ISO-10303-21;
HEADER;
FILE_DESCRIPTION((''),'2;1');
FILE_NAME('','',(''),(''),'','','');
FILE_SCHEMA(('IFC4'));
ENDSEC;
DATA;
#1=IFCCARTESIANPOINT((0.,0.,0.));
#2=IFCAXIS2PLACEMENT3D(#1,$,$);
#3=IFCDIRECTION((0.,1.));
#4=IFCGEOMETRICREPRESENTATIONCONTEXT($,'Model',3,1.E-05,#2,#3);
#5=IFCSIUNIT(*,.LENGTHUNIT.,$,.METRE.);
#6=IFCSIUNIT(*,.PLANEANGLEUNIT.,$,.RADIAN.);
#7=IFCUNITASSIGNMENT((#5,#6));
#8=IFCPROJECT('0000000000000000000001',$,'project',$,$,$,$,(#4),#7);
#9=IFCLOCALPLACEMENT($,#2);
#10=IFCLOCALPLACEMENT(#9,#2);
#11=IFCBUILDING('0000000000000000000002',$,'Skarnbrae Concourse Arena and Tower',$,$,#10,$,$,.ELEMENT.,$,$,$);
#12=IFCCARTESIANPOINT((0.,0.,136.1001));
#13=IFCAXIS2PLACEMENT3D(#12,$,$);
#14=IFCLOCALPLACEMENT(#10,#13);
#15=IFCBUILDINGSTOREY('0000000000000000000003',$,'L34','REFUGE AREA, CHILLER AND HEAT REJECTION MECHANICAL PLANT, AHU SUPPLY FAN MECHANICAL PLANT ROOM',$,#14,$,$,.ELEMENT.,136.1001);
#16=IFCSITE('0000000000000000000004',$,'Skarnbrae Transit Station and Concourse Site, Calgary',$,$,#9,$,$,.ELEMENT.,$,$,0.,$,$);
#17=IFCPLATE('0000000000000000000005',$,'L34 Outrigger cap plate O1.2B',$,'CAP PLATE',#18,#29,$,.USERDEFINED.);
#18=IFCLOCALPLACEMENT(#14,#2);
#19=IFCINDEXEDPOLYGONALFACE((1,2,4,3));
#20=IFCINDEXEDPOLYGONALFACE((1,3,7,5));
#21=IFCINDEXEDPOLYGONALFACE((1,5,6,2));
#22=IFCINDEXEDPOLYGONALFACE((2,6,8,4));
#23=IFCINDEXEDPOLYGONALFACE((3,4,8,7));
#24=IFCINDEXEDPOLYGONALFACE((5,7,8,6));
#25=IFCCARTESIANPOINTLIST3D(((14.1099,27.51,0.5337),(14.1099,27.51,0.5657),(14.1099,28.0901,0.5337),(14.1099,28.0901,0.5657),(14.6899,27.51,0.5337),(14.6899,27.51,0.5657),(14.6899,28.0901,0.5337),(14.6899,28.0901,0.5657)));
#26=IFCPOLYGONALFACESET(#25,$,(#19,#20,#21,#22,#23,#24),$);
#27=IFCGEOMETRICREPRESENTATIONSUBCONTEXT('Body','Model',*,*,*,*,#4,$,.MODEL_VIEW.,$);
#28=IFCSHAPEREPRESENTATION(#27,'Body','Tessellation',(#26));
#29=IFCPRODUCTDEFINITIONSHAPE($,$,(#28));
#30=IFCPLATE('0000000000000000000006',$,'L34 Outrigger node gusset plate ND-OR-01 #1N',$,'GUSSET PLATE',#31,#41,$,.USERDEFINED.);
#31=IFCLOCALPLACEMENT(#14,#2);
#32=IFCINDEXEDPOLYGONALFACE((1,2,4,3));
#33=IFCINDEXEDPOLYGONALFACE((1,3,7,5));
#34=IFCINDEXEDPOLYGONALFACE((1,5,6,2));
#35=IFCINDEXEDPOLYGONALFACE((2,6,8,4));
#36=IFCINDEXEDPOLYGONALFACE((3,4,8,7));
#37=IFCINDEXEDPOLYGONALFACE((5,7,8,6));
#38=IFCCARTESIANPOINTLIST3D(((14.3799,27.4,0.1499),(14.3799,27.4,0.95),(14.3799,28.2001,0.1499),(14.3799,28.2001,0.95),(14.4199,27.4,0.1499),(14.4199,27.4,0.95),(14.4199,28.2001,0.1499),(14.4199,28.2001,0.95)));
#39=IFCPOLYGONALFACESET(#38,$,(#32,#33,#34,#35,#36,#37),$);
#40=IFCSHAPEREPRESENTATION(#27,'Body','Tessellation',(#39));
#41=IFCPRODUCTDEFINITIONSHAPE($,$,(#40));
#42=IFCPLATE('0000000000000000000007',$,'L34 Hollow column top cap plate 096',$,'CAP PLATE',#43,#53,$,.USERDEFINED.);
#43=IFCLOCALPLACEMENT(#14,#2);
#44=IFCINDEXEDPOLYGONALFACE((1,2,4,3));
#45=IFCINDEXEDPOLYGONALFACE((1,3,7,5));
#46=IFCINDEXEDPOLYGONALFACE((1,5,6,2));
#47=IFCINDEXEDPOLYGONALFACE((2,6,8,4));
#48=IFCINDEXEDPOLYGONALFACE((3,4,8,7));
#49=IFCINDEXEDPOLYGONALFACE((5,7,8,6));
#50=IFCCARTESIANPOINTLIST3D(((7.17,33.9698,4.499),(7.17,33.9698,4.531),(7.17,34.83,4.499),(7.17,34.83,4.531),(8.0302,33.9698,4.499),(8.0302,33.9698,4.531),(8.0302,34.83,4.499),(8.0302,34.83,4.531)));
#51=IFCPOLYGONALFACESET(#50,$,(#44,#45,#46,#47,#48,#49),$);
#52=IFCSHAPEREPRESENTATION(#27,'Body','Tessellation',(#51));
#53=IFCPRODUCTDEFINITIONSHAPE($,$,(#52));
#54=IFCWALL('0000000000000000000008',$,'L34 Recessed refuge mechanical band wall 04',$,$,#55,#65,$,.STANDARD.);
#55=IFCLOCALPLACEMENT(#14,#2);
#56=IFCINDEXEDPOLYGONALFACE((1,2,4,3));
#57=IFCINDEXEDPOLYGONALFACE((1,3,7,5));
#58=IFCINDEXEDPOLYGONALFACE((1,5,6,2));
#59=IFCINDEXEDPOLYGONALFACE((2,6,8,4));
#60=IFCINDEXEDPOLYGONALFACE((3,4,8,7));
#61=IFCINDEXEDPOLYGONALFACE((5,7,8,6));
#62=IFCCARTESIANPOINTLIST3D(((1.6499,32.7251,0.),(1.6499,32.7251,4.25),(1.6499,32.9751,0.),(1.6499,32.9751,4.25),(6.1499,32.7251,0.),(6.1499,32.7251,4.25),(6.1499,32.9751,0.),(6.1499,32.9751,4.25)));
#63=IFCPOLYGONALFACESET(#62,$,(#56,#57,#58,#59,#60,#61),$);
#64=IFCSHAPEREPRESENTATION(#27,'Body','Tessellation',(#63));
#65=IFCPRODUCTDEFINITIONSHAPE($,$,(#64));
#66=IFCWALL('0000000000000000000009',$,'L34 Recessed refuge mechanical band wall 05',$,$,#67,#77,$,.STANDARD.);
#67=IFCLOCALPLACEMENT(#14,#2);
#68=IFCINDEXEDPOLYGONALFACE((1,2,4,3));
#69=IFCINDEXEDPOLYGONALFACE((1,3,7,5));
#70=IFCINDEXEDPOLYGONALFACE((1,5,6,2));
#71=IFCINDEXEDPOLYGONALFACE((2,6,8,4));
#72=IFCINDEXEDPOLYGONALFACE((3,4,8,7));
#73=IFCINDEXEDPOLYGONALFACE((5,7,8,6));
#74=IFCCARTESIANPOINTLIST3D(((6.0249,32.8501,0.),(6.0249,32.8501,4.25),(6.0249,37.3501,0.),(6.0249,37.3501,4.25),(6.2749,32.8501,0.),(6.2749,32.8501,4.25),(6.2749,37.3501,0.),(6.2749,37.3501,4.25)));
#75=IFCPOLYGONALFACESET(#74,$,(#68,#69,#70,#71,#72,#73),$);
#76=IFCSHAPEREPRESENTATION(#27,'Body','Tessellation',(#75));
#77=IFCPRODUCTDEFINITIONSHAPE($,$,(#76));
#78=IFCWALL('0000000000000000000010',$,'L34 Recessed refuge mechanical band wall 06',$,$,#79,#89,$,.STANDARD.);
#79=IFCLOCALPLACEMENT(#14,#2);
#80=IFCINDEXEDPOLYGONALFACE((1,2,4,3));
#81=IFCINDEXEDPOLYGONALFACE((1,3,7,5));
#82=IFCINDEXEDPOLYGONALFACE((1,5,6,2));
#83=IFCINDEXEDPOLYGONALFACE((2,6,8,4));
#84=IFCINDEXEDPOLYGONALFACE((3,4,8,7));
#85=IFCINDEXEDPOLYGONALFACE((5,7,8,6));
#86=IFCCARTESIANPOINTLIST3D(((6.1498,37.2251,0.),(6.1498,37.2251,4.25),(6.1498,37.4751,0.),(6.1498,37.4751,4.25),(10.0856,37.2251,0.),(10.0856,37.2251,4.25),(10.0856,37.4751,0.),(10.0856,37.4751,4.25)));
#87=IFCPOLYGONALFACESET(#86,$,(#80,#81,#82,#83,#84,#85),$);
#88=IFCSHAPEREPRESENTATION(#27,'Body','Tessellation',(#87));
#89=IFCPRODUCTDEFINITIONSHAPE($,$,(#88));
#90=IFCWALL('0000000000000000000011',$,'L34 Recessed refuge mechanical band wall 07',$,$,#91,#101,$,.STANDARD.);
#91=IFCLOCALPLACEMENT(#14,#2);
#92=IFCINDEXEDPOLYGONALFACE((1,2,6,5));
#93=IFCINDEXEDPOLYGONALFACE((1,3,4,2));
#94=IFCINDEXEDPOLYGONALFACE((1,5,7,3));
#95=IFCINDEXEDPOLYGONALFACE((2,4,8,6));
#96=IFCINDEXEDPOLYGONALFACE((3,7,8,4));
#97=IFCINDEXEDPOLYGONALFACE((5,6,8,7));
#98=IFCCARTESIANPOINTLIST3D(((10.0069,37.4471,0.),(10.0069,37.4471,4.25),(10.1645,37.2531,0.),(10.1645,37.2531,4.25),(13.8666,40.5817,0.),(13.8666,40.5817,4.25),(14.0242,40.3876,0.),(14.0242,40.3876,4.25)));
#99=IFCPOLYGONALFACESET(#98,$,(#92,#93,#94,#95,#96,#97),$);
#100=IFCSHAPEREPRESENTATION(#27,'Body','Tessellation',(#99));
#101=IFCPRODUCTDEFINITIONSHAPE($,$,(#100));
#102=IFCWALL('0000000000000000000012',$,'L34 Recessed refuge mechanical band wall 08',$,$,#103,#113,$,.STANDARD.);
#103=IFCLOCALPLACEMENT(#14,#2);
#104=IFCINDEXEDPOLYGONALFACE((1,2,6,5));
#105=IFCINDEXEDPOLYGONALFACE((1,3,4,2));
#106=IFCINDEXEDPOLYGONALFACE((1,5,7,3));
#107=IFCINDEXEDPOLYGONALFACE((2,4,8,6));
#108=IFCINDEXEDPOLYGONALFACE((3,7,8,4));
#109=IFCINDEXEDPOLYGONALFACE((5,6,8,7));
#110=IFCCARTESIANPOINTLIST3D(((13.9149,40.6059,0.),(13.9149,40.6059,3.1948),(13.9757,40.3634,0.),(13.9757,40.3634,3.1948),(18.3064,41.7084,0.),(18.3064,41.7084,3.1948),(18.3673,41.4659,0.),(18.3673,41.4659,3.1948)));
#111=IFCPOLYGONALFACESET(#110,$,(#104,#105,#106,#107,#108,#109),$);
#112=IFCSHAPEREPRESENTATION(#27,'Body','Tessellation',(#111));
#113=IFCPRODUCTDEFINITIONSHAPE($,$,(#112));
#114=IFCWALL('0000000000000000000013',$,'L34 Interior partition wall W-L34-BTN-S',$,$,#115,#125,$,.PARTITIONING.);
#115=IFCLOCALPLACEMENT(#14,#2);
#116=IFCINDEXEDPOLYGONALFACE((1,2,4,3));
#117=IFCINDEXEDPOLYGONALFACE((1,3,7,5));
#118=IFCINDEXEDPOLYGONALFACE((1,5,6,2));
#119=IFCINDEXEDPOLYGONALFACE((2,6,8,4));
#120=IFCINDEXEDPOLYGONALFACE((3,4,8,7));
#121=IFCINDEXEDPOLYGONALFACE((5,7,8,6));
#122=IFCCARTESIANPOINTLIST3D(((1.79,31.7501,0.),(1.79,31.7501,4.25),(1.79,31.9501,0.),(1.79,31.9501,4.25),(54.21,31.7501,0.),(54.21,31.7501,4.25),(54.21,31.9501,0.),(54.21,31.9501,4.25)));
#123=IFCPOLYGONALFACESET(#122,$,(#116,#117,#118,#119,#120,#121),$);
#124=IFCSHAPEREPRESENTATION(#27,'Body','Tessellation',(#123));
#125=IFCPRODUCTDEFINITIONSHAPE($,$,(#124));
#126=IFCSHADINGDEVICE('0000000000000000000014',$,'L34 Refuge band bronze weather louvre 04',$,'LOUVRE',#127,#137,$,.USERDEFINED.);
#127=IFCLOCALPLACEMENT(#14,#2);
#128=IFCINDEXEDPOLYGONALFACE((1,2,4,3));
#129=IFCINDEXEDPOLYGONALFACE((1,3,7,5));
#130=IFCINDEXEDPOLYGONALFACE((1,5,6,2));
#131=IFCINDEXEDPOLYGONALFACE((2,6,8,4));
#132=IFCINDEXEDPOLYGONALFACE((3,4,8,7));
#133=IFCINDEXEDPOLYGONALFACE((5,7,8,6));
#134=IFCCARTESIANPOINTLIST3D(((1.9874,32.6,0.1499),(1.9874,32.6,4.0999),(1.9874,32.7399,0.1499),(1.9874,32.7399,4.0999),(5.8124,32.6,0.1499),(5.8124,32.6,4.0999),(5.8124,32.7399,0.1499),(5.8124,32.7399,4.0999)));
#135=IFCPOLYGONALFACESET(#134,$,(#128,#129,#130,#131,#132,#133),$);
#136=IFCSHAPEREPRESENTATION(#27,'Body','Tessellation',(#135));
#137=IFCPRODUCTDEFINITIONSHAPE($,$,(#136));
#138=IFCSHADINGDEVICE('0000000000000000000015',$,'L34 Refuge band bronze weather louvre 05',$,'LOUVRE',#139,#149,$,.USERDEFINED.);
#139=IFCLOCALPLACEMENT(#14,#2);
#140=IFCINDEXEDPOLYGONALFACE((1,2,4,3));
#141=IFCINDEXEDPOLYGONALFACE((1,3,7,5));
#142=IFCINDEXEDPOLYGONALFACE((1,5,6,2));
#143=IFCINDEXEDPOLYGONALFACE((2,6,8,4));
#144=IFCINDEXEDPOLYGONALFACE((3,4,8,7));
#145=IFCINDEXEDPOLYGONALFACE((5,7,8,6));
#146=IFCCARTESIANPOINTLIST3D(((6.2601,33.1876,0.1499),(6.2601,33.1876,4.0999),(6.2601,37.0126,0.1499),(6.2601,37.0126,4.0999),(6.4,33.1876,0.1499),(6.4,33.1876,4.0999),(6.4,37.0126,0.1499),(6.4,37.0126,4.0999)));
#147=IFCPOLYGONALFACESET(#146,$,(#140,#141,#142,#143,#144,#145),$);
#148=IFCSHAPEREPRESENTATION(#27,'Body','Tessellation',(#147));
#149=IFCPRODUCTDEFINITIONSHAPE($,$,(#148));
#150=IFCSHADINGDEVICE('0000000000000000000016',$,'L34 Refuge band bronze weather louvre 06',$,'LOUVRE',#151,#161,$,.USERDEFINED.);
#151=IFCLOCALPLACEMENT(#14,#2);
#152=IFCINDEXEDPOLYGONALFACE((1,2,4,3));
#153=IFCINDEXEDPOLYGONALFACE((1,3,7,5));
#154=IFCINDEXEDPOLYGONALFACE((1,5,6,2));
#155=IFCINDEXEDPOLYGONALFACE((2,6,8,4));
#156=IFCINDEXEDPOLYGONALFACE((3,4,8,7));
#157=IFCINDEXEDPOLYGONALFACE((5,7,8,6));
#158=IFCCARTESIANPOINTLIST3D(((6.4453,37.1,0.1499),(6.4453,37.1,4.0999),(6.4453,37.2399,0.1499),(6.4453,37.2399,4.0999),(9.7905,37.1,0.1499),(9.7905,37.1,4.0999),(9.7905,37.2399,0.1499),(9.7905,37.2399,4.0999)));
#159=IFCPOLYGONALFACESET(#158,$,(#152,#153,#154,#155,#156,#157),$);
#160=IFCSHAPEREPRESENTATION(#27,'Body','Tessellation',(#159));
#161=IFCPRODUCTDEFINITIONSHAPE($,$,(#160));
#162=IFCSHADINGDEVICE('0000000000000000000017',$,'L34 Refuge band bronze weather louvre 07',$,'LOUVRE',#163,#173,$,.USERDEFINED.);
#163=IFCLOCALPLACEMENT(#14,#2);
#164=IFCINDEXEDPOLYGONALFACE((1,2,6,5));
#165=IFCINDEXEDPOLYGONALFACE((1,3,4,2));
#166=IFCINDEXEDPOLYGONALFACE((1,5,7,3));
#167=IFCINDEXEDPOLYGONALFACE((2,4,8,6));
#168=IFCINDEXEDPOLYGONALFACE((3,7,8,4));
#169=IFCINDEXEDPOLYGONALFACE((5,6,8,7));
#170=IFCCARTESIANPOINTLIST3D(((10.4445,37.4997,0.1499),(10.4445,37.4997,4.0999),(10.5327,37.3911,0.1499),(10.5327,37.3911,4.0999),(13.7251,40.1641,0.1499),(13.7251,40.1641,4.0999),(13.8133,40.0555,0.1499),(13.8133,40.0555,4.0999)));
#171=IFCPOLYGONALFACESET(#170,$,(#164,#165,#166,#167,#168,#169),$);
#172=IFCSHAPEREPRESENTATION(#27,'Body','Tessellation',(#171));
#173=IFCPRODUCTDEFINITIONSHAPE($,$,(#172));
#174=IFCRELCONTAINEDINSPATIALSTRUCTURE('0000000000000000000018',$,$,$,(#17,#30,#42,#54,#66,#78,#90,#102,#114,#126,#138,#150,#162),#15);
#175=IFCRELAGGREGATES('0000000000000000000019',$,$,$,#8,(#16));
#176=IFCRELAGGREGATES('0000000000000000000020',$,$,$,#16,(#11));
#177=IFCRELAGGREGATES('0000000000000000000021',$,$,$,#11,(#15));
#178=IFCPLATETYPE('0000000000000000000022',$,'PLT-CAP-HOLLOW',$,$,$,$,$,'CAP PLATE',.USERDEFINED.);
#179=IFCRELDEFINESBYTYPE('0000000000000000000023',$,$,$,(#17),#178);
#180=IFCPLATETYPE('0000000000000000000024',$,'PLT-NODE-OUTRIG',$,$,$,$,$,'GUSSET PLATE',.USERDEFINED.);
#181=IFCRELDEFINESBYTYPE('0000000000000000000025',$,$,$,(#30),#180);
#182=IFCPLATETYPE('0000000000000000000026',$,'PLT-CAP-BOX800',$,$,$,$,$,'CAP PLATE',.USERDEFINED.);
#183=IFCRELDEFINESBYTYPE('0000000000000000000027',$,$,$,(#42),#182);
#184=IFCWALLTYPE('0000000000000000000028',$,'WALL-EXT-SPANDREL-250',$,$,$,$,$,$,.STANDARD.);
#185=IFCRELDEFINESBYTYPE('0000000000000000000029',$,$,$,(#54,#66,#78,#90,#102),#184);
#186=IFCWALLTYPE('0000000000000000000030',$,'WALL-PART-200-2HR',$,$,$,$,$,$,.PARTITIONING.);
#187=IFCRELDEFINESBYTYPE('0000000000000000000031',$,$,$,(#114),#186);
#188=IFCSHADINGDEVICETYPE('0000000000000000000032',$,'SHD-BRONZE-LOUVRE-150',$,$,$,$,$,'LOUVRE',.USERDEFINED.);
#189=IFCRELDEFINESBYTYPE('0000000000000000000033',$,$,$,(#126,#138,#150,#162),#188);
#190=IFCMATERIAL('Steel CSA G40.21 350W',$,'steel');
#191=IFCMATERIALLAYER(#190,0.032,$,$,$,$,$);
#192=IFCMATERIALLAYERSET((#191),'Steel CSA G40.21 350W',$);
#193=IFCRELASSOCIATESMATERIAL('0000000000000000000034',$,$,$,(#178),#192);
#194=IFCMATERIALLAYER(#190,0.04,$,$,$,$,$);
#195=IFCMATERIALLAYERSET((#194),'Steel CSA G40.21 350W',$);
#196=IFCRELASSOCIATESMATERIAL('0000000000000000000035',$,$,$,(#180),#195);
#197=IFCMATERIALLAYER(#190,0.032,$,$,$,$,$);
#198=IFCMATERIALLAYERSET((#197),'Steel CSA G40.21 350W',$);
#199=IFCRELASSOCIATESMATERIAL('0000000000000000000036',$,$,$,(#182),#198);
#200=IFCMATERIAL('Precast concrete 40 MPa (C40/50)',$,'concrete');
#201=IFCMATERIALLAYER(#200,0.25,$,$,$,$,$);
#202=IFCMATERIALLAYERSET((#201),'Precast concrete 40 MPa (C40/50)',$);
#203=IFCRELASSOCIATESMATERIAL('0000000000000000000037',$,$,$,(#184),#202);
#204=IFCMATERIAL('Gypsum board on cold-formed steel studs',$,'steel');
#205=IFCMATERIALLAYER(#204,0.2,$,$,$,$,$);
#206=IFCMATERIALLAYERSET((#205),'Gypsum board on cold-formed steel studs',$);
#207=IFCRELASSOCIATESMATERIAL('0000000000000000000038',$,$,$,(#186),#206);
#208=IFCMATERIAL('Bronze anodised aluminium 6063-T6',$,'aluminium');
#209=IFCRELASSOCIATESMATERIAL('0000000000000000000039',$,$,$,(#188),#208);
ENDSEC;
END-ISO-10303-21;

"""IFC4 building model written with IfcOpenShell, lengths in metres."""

from ifc_helpers import new_model, si_unit, direction, frame, frame_2d, origin, origin_2d, place, context, subcontext, project, spatial, rectangle, extrude, source, transform, mapped, material, layer, layer_set, type_object, element, save


model = new_model("IFC4")

# Units and contexts
model_context = context("Model", 3, precision=1e-05, world=origin(), true_north=direction((0.0, 1.0)))
body_context = subcontext(model_context, "Body", "Model", "MODEL_VIEW")
ifc_project = project(units=[si_unit("LENGTHUNIT", "METRE"), si_unit("PLANEANGLEUNIT", "RADIAN")], contexts=[model_context])

# Site, building, storey
site_placement = place(None, origin())
site = spatial("IfcSite", under=ifc_project, at=site_placement, Name="Skarnbrae Transit Station and Concourse Site, Calgary", CompositionType="ELEMENT", RefElevation=0.0)
building_placement = place(site_placement, origin())
building = spatial("IfcBuilding", under=site, at=building_placement, Name="Skarnbrae Concourse Arena and Tower", CompositionType="ELEMENT")
storey_placement = place(building_placement, frame((0.0, 0.0, 136.1001)))
storey = spatial("IfcBuildingStorey", under=building, at=storey_placement, Name="L34", Description="REFUGE AREA, CHILLER AND HEAT REJECTION MECHANICAL PLANT, AHU SUPPLY FAN MECHANICAL PLANT ROOM", CompositionType="ELEMENT", Elevation=136.1001)

# Shared definitions
ifc_material_1 = material(Name="Steel CSA G40.21 350W", Category="steel")

# Plates
ifc_layer_1 = layer(ifc_material_1, 0.032)
ifc_layer_set_1 = layer_set([ifc_layer_1], Name="Steel CSA G40.21 350W")
plate_type_1 = type_object("IfcPlateType", Name="PLT-CAP-HOLLOW", ElementType="CAP PLATE", PredefinedType="USERDEFINED", material=ifc_layer_set_1)
shared_shape_1 = source(origin(), body_context, "Body", "SweptSolid", [
    extrude(rectangle(XDim=0.5801, YDim=0.5801, at=origin_2d()), origin(), (0.0, 0.0, 1.0), 0.032),
])
plate_1_placement = place(storey_placement, frame((14.3999, 27.8, 0.5337), z_axis=(0.0, 0.0, 1.0), x_axis=(1.0, 0.0, 0.0)))
element("IfcPlate", 1, at=plate_1_placement, inside=storey, type_object=plate_type_1, Name="L34 Outrigger cap plate O1.2B", ObjectType="CAP PLATE", PredefinedType="USERDEFINED", context=body_context, shape_type="MappedRepresentation", body=[
    mapped(shared_shape_1, transform((0.0, 0.0, 0.0))),
])
ifc_layer_2 = layer(ifc_material_1, 0.04)
ifc_layer_set_2 = layer_set([ifc_layer_2], Name="Steel CSA G40.21 350W")
plate_type_2 = type_object("IfcPlateType", Name="PLT-NODE-OUTRIG", ElementType="GUSSET PLATE", PredefinedType="USERDEFINED", material=ifc_layer_set_2)
shared_shape_2 = source(origin(), body_context, "Body", "SweptSolid", [
    extrude(rectangle(XDim=0.8, YDim=0.04, at=origin_2d()), origin(), (0.0, 0.0, 1.0), 0.8),
])
plate_2_placement = place(storey_placement, frame((14.3999, 27.8, 0.1499), z_axis=(0.0, 0.0, 1.0), x_axis=(0.0, 1.0, 0.0)))
element("IfcPlate", 2, at=plate_2_placement, inside=storey, type_object=plate_type_2, Name="L34 Outrigger node gusset plate ND-OR-01 #1N", ObjectType="GUSSET PLATE", PredefinedType="USERDEFINED", context=body_context, shape_type="MappedRepresentation", body=[
    mapped(shared_shape_2, transform((0.0, 0.0, 0.0))),
])
ifc_layer_3 = layer(ifc_material_1, 0.032)
ifc_layer_set_3 = layer_set([ifc_layer_3], Name="Steel CSA G40.21 350W")
plate_type_3 = type_object("IfcPlateType", Name="PLT-CAP-BOX800", ElementType="CAP PLATE", PredefinedType="USERDEFINED", material=ifc_layer_set_3)
shared_shape_3 = source(origin(), body_context, "Body", "SweptSolid", [
    extrude(rectangle(XDim=0.8601, YDim=0.8601, at=origin_2d()), origin(), (0.0, 0.0, 1.0), 0.032),
])
plate_3_placement = place(storey_placement, frame((7.6001, 34.3999, 4.499), z_axis=(0.0, 0.0, 1.0), x_axis=(1.0, 0.0, 0.0)))
element("IfcPlate", 3, at=plate_3_placement, inside=storey, type_object=plate_type_3, Name="L34 Hollow column top cap plate 096", ObjectType="CAP PLATE", PredefinedType="USERDEFINED", context=body_context, shape_type="MappedRepresentation", body=[
    mapped(shared_shape_3, transform((0.0, 0.0, 0.0))),
])

# Walls
ifc_material_2 = material(Name="Precast concrete 40 MPa (C40/50)", Category="concrete")
ifc_layer_4 = layer(ifc_material_2, 0.25)
ifc_layer_set_4 = layer_set([ifc_layer_4], Name="Precast concrete 40 MPa (C40/50)")
wall_type_1 = type_object("IfcWallType", Name="WALL-EXT-SPANDREL-250", PredefinedType="STANDARD", material=ifc_layer_set_4)
shared_shape_4 = source(origin(), body_context, "Body", "SweptSolid", [
    extrude(rectangle(XDim=4.5, YDim=0.25, at=frame_2d((2.25, 0.0))), origin(), (0.0, 0.0, 1.0), 4.25),
])
for number, where, z_axis, x_axis, name in (
    (4, (1.6499, 32.8501, 0.0), (0.0, 0.0, 1.0), (1.0, 0.0, 0.0), "L34 Recessed refuge mechanical band wall 04"),
    (5, (6.1499, 32.8501, 0.0), (0.0, 0.0, 1.0), (0.0, 1.0, 0.0), "L34 Recessed refuge mechanical band wall 05"),
):
    element("IfcWall", number, at=place(storey_placement, frame(where, z_axis=z_axis, x_axis=x_axis)), inside=storey, type_object=wall_type_1, Name=name, PredefinedType="STANDARD", context=body_context, shape_type="MappedRepresentation", body=[
        mapped(shared_shape_4, transform((0.0, 0.0, 0.0))),
    ])
shared_shape_5 = source(origin(), body_context, "Body", "SweptSolid", [
    extrude(rectangle(XDim=3.9358, YDim=0.25, at=frame_2d((1.9678, 0.0))), origin(), (0.0, 0.0, 1.0), 4.25),
])
wall_1_placement = place(storey_placement, frame((6.1499, 37.3501, 0.0), z_axis=(0.0, 0.0, 1.0), x_axis=(1.0, 0.0, 0.0)))
element("IfcWall", 6, at=wall_1_placement, inside=storey, type_object=wall_type_1, Name="L34 Recessed refuge mechanical band wall 06", PredefinedType="STANDARD", context=body_context, shape_type="MappedRepresentation", body=[
    mapped(shared_shape_5, transform((0.0, 0.0, 0.0))),
])
shared_shape_6 = source(origin(), body_context, "Body", "SweptSolid", [
    extrude(rectangle(XDim=4.9722, YDim=0.25, at=frame_2d((2.4861, 0.0))), origin(), (0.0, 0.0, 1.0), 4.25),
])
wall_2_placement = place(storey_placement, frame((10.0857, 37.3501, 0.0), z_axis=(0.0, 0.0, 1.0), x_axis=(0.776254, 0.630421, 0.0)))
element("IfcWall", 7, at=wall_2_placement, inside=storey, type_object=wall_type_1, Name="L34 Recessed refuge mechanical band wall 07", PredefinedType="STANDARD", context=body_context, shape_type="MappedRepresentation", body=[
    mapped(shared_shape_6, transform((0.0, 0.0, 0.0))),
])
shared_shape_7 = source(origin(), body_context, "Body", "SweptSolid", [
    extrude(rectangle(XDim=4.5278, YDim=0.25, at=frame_2d((2.2639, 0.0))), origin(), (0.0, 0.0, 1.0), 3.1948),
])
wall_3_placement = place(storey_placement, frame((13.9453, 40.4846, 0.0), z_axis=(0.0, 0.0, 1.0), x_axis=(0.969901, 0.2435, 0.0)))
element("IfcWall", 8, at=wall_3_placement, inside=storey, type_object=wall_type_1, Name="L34 Recessed refuge mechanical band wall 08", PredefinedType="STANDARD", context=body_context, shape_type="MappedRepresentation", body=[
    mapped(shared_shape_7, transform((0.0, 0.0, 0.0))),
])
ifc_material_3 = material(Name="Gypsum board on cold-formed steel studs", Category="steel")
ifc_layer_5 = layer(ifc_material_3, 0.2)
ifc_layer_set_5 = layer_set([ifc_layer_5], Name="Gypsum board on cold-formed steel studs")
wall_type_2 = type_object("IfcWallType", Name="WALL-PART-200-2HR", PredefinedType="PARTITIONING", material=ifc_layer_set_5)
shared_shape_8 = source(origin(), body_context, "Body", "SweptSolid", [
    extrude(rectangle(XDim=52.4199, YDim=0.2, at=frame_2d((26.21, 0.0))), origin(), (0.0, 0.0, 1.0), 4.25),
])
wall_4_placement = place(storey_placement, frame((1.79, 31.8501, 0.0), z_axis=(0.0, 0.0, 1.0), x_axis=(1.0, 0.0, 0.0)))
element("IfcWall", 9, at=wall_4_placement, inside=storey, type_object=wall_type_2, Name="L34 Interior partition wall W-L34-BTN-S", PredefinedType="PARTITIONING", context=body_context, shape_type="MappedRepresentation", body=[
    mapped(shared_shape_8, transform((0.0, 0.0, 0.0))),
])

# Shading devices
ifc_material_4 = material(Name="Bronze anodised aluminium 6063-T6", Category="aluminium")
shading_device_type = type_object("IfcShadingDeviceType", Name="SHD-BRONZE-LOUVRE-150", ElementType="LOUVRE", PredefinedType="USERDEFINED", material=ifc_material_4)
shared_shape_9 = source(origin(), body_context, "Body", "SweptSolid", [
    extrude(rectangle(XDim=3.825, YDim=0.1399, at=origin_2d()), origin(), (0.0, 0.0, 1.0), 3.95),
])
for number, where, z_axis, x_axis, name in (
    (10, (3.8999, 32.6699, 0.1499), (0.0, 0.0, 1.0), (1.0, 0.0, 0.0), "L34 Refuge band bronze weather louvre 04"),
    (11, (6.3301, 35.1001, 0.1499), (0.0, 0.0, 1.0), (0.0, 1.0, 0.0), "L34 Refuge band bronze weather louvre 05"),
):
    element("IfcShadingDevice", number, at=place(storey_placement, frame(where, z_axis=z_axis, x_axis=x_axis)), inside=storey, type_object=shading_device_type, Name=name, ObjectType="LOUVRE", PredefinedType="USERDEFINED", context=body_context, shape_type="MappedRepresentation", body=[
        mapped(shared_shape_9, transform((0.0, 0.0, 0.0))),
    ])
shared_shape_10 = source(origin(), body_context, "Body", "SweptSolid", [
    extrude(rectangle(XDim=3.3452, YDim=0.1399, at=origin_2d()), origin(), (0.0, 0.0, 1.0), 3.95),
])
shading_device_1_placement = place(storey_placement, frame((8.1179, 37.1699, 0.1499), z_axis=(0.0, 0.0, 1.0), x_axis=(1.0, 0.0, 0.0)))
element("IfcShadingDevice", 12, at=shading_device_1_placement, inside=storey, type_object=shading_device_type, Name="L34 Refuge band bronze weather louvre 06", ObjectType="LOUVRE", PredefinedType="USERDEFINED", context=body_context, shape_type="MappedRepresentation", body=[
    mapped(shared_shape_10, transform((0.0, 0.0, 0.0))),
])
shared_shape_11 = source(origin(), body_context, "Body", "SweptSolid", [
    extrude(rectangle(XDim=4.2263, YDim=0.1399, at=origin_2d()), origin(), (0.0, 0.0, 1.0), 3.95),
])
shading_device_2_placement = place(storey_placement, frame((12.1289, 38.7776, 0.1499), z_axis=(0.0, 0.0, 1.0), x_axis=(0.776242, 0.630435, 0.0)))
element("IfcShadingDevice", 13, at=shading_device_2_placement, inside=storey, type_object=shading_device_type, Name="L34 Refuge band bronze weather louvre 07", ObjectType="LOUVRE", PredefinedType="USERDEFINED", context=body_context, shape_type="MappedRepresentation", body=[
    mapped(shared_shape_11, transform((0.0, 0.0, 0.0))),
])

save(model, "model.ifc")
